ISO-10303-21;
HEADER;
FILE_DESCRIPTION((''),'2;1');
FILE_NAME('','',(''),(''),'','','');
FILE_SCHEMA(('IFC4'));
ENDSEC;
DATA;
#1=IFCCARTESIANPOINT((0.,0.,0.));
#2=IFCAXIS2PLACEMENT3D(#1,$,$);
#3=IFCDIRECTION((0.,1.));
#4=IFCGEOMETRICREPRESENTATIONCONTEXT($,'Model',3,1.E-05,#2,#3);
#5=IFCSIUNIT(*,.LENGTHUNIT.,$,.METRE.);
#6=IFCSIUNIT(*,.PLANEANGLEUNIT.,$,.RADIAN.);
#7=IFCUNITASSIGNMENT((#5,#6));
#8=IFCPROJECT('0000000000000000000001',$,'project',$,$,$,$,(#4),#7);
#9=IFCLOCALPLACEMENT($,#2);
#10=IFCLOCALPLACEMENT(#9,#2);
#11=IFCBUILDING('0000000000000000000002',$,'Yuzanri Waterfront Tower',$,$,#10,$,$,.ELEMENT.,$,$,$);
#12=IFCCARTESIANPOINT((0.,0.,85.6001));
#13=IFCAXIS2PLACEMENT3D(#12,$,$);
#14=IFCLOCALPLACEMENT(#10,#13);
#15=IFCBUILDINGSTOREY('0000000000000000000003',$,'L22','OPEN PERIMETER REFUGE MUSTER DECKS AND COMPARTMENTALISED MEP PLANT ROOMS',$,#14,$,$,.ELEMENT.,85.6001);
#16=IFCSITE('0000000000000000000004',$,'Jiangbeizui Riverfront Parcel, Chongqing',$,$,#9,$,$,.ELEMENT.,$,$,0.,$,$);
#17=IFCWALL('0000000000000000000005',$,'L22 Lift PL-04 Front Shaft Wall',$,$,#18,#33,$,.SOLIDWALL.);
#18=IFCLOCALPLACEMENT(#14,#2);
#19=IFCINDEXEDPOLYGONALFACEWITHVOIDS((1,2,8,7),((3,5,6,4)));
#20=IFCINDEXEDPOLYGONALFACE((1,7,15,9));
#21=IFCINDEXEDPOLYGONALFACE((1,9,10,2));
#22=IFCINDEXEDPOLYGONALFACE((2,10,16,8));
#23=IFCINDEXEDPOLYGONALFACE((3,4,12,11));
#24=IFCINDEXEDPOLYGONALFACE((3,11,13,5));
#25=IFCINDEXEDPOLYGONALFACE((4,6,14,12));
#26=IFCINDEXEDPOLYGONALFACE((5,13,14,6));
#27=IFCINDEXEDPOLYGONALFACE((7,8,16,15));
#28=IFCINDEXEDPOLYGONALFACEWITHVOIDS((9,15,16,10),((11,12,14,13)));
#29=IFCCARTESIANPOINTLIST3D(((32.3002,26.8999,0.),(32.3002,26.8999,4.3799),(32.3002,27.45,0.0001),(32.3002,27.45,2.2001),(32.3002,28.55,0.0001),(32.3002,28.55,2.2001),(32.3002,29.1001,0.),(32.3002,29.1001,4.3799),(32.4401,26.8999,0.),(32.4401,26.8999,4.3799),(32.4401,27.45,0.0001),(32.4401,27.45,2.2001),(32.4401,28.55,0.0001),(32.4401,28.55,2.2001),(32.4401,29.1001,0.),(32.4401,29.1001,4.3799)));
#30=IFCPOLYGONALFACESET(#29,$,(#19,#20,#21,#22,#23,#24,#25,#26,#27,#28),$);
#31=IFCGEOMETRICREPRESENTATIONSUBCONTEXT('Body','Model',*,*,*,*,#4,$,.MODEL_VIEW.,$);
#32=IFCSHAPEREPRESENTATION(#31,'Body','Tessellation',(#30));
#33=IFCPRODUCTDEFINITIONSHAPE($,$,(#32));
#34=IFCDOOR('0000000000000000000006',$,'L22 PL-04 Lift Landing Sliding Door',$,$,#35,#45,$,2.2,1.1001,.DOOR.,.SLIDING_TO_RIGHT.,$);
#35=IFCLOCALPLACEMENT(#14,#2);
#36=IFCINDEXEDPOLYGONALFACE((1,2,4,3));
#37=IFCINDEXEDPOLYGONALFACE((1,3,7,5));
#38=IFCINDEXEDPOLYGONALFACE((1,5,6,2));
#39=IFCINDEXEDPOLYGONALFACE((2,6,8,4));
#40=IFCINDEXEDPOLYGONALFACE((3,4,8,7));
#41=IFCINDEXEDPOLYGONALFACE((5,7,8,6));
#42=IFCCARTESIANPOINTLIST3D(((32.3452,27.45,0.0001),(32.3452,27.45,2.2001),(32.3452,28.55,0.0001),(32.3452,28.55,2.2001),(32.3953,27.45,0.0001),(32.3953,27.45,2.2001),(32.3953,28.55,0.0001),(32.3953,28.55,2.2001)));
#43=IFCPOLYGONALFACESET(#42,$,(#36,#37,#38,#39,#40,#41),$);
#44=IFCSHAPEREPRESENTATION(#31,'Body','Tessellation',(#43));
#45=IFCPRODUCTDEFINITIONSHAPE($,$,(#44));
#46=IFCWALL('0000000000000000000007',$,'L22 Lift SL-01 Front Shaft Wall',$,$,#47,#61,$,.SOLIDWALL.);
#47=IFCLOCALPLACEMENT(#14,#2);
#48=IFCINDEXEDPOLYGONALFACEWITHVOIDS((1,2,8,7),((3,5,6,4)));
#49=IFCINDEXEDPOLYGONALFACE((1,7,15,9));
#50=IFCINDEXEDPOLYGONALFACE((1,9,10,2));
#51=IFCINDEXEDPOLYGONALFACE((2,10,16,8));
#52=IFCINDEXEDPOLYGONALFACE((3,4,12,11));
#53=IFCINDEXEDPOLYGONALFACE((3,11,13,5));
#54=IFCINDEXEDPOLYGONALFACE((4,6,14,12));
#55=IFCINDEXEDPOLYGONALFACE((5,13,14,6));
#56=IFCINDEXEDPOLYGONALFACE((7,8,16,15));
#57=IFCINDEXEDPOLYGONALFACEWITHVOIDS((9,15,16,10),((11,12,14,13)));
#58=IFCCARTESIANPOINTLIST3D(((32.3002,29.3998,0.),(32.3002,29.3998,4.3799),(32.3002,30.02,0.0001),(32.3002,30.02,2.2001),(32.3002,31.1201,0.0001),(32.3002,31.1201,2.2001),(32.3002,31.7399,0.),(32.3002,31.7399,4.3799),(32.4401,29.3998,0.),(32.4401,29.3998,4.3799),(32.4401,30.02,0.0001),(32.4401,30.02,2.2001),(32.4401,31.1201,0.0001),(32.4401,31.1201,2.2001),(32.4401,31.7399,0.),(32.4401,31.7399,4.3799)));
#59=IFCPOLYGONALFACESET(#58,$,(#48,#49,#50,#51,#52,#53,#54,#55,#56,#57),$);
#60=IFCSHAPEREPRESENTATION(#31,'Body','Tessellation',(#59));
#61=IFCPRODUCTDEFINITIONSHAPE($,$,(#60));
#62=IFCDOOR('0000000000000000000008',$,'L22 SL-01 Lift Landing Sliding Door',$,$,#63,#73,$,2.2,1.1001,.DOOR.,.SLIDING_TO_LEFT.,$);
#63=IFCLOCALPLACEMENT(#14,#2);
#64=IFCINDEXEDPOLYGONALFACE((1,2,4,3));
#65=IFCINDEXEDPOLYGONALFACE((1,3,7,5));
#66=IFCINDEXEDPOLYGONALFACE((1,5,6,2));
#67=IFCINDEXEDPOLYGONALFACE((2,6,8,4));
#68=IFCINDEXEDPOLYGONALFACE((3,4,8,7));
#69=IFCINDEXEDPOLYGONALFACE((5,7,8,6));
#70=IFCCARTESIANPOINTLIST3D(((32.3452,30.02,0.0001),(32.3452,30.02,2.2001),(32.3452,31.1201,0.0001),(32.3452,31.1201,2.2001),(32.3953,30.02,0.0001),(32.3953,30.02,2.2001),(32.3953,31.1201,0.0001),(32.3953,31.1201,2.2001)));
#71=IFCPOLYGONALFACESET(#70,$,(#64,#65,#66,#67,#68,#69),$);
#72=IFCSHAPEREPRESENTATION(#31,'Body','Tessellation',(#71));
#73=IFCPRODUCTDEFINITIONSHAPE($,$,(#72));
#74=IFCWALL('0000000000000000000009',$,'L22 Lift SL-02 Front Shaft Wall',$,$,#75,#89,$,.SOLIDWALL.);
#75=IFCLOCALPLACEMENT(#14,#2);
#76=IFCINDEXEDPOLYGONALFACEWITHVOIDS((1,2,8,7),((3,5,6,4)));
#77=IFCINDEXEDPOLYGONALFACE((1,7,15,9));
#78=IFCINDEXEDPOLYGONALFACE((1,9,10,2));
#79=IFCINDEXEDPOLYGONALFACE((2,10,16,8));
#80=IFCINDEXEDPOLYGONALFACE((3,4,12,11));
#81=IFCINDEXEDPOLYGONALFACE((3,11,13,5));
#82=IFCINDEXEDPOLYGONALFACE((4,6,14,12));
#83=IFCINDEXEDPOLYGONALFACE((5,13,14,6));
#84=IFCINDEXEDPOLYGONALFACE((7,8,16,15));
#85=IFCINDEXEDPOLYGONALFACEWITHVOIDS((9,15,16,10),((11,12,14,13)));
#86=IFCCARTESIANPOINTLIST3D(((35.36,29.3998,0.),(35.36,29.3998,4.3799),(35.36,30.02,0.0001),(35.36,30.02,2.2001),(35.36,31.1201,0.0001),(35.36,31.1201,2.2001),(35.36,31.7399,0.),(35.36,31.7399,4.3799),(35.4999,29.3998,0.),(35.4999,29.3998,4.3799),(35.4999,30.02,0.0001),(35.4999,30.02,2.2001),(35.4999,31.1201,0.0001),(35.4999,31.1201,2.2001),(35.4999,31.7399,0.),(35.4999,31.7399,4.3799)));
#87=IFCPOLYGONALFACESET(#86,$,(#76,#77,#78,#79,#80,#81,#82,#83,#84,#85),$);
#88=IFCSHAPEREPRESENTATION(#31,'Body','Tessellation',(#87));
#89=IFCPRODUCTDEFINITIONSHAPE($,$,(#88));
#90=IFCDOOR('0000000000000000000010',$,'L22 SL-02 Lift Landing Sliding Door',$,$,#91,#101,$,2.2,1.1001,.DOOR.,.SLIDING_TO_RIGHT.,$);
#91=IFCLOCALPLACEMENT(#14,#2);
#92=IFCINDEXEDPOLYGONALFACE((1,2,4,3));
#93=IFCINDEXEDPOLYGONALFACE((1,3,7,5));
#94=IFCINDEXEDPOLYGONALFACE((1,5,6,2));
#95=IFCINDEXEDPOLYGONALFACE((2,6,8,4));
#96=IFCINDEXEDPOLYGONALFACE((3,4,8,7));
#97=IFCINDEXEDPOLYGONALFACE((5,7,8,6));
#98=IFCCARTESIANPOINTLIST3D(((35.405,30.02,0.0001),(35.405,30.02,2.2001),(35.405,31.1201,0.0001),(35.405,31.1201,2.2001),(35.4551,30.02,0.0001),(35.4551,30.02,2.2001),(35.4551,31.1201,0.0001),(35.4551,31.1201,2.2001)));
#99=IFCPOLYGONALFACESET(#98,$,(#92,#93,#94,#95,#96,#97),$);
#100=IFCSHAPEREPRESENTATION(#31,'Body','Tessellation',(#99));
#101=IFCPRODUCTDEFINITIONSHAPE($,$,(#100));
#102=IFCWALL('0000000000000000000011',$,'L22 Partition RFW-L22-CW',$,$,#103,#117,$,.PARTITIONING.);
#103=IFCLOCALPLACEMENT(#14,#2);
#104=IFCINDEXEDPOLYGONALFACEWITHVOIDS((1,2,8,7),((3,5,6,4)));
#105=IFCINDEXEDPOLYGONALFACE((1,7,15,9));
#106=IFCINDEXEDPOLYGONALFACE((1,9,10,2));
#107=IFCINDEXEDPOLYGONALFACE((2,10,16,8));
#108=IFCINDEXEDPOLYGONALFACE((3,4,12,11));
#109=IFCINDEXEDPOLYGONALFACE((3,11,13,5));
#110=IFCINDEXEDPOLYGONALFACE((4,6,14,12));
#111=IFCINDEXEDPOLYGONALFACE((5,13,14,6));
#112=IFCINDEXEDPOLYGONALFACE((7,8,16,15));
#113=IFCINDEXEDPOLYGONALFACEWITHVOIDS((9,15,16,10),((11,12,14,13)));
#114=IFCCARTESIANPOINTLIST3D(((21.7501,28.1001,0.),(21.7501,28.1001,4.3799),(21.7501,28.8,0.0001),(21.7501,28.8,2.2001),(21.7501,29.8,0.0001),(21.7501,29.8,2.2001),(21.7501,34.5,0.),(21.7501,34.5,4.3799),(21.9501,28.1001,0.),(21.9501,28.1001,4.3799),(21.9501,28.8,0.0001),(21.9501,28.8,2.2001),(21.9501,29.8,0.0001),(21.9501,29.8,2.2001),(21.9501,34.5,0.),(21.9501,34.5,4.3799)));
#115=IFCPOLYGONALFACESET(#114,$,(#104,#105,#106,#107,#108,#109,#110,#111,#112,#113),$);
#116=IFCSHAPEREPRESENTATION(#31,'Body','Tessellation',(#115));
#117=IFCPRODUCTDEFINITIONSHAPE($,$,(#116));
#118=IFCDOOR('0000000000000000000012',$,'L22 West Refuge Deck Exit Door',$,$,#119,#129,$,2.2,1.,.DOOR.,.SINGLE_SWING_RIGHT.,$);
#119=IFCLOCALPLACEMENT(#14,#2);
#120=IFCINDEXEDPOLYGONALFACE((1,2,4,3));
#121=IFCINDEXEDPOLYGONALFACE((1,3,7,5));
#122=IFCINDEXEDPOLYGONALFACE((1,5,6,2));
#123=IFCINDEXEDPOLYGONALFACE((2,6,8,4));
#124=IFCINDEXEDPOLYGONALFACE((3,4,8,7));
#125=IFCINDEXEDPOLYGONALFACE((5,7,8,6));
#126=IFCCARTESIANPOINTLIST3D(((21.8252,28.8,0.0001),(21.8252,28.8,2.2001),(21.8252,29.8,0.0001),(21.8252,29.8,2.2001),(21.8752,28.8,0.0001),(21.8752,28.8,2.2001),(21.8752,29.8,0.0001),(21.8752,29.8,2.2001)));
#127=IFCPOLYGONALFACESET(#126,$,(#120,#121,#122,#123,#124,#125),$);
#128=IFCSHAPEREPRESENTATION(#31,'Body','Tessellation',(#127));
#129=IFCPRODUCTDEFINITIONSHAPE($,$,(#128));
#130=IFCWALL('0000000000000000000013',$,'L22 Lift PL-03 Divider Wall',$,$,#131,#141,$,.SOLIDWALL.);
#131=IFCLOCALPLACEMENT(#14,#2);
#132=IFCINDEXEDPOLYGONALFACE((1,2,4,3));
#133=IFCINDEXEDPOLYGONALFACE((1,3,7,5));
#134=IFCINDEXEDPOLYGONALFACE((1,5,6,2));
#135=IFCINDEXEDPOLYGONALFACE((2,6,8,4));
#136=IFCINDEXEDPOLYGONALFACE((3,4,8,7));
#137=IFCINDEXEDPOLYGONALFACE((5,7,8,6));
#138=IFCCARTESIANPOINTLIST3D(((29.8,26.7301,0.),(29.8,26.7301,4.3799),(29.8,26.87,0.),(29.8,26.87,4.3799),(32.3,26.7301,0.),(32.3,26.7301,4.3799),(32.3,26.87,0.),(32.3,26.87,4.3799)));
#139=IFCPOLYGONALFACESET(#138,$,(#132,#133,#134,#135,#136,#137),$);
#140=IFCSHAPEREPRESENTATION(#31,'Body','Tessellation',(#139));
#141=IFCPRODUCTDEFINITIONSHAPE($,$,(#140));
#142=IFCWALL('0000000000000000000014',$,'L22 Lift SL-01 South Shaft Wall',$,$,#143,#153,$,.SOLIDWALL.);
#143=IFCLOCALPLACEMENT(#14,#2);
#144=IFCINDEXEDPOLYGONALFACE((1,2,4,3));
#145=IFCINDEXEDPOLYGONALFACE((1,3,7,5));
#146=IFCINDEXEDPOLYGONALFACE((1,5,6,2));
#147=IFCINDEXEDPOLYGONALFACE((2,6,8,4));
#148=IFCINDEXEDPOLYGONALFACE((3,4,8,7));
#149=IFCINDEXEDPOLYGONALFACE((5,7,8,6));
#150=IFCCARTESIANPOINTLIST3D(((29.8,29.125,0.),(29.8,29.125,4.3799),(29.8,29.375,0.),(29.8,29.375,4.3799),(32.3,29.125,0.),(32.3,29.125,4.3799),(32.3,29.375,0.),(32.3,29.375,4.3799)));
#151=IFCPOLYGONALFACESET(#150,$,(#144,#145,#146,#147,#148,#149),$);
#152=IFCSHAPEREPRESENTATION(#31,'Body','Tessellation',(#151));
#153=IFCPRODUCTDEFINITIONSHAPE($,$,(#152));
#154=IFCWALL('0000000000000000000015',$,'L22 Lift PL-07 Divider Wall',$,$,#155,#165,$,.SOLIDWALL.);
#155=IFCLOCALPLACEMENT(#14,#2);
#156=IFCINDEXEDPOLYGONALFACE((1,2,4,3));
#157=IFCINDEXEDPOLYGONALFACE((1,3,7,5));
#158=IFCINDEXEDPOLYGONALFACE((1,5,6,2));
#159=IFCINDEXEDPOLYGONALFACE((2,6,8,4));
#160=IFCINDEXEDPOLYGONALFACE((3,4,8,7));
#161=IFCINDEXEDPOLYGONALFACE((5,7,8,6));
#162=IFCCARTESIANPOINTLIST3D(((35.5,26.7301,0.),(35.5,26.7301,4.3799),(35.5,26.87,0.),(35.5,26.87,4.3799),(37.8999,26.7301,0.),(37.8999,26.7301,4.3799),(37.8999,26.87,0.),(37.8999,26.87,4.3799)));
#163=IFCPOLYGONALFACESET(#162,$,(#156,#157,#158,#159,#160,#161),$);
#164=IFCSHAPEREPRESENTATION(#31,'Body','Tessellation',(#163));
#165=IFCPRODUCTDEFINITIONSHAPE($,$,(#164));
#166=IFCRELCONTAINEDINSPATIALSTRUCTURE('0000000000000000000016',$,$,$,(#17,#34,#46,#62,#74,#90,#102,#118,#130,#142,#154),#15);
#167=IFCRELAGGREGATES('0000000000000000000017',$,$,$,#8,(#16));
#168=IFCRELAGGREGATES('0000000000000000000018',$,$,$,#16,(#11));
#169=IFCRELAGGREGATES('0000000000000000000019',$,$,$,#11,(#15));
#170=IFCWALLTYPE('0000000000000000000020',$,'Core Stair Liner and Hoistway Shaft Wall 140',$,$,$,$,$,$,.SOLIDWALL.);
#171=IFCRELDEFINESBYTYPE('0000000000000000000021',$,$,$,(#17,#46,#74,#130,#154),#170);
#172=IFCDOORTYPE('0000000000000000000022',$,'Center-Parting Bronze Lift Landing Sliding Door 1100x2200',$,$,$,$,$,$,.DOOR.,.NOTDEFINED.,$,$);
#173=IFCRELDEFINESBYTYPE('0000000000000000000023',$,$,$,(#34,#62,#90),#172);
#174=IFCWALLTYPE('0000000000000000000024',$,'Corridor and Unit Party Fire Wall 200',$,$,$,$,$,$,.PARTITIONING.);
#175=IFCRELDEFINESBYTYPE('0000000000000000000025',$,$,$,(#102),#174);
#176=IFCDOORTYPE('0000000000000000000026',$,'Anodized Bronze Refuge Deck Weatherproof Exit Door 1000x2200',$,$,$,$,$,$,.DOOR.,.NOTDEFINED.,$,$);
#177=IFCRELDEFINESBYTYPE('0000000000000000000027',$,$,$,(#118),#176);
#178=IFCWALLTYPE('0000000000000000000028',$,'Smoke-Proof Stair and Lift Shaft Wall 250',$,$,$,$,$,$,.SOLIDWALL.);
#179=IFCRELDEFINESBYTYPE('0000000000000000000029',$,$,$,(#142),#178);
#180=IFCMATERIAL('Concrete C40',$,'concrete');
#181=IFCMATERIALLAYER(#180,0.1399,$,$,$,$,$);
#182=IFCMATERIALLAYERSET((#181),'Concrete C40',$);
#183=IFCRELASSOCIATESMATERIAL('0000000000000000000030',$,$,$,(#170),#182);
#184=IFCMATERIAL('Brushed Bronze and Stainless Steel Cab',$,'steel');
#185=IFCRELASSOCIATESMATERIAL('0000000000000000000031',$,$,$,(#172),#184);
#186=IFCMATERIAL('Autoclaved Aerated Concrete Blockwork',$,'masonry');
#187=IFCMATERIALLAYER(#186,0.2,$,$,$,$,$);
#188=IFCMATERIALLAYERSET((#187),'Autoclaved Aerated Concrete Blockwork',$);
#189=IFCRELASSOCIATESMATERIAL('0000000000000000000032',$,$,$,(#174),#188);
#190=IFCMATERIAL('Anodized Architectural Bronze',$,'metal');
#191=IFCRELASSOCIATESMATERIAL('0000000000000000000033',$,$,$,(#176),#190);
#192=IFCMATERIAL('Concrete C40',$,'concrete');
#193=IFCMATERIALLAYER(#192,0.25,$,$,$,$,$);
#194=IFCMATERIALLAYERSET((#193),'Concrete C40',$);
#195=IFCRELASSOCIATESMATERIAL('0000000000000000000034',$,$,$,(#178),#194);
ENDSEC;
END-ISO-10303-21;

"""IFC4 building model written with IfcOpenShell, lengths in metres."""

from ifc_helpers import new_model, si_unit, direction, frame, frame_2d, origin, place, context, subcontext, project, spatial, rectangle, extrude, source, transform, mapped, material, layer, layer_set, type_object, element, fill, save


model = new_model("IFC4")

# Units and contexts
model_context = context("Model", 3, precision=1e-05, world=origin(), true_north=direction((0.0, 1.0)))
body_context = subcontext(model_context, "Body", "Model", "MODEL_VIEW")
ifc_project = project(units=[si_unit("LENGTHUNIT", "METRE"), si_unit("PLANEANGLEUNIT", "RADIAN")], contexts=[model_context])

# Site, building, storey
site_placement = place(None, origin())
site = spatial("IfcSite", under=ifc_project, at=site_placement, Name="Jiangbeizui Riverfront Parcel, Chongqing", CompositionType="ELEMENT", RefElevation=0.0)
building_placement = place(site_placement, origin())
building = spatial("IfcBuilding", under=site, at=building_placement, Name="Yuzanri Waterfront Tower", CompositionType="ELEMENT")
storey_placement = place(building_placement, frame((0.0, 0.0, 85.6001)))
storey = spatial("IfcBuildingStorey", under=building, at=storey_placement, Name="L22", Description="OPEN PERIMETER REFUGE MUSTER DECKS AND COMPARTMENTALISED MEP PLANT ROOMS", CompositionType="ELEMENT", Elevation=85.6001)

# Walls, openings, doors
ifc_material_1 = material(Name="Concrete C40", Category="concrete")
ifc_layer_1 = layer(ifc_material_1, 0.1399)
ifc_layer_set_1 = layer_set([ifc_layer_1], Name="Concrete C40")
wall_type_1 = type_object("IfcWallType", Name="Core Stair Liner and Hoistway Shaft Wall 140", PredefinedType="SOLIDWALL", material=ifc_layer_set_1)
wall_1_placement = place(storey_placement, frame((32.3701, 26.8999, 0.0), z_axis=(0.0, 0.0, 1.0), x_axis=(0.0, 1.0, 0.0)))
wall_1 = element("IfcWall", 1, at=wall_1_placement, inside=storey, type_object=wall_type_1, Name="L22 Lift PL-04 Front Shaft Wall", PredefinedType="SOLIDWALL", context=body_context, shape_type="SweptSolid", body=[
    extrude(rectangle(XDim=2.2002, YDim=0.1399, at=frame_2d((1.1001, 0.0))), origin(), (0.0, 0.0, 1.0), 4.3799),
])
opening_1_placement = place(wall_1_placement, frame((0.55, 0.0, 0.0)))
opening_1 = element("IfcOpeningElement", 2, at=opening_1_placement, cuts=wall_1, PredefinedType="OPENING", context=body_context, shape_type="SweptSolid", body=[
    extrude(rectangle(XDim=1.1001, YDim=2.2, at=frame_2d((0.55, 1.1001))), frame((0.0, 0.085, 0.0), z_axis=(0.0, -1.0, 0.0), x_axis=(1.0, 0.0, 0.0)), (0.0, 0.0, 1.0), 0.1697),
])
ifc_material_2 = material(Name="Brushed Bronze and Stainless Steel Cab", Category="steel")
door_type_1 = type_object("IfcDoorType", Name="Center-Parting Bronze Lift Landing Sliding Door 1100x2200", OperationType="NOTDEFINED", PredefinedType="DOOR", material=ifc_material_2)
shared_shape_1 = source(origin(), body_context, "Body", "SweptSolid", [
    extrude(rectangle(XDim=1.1001, YDim=2.2, at=frame_2d((0.55, 1.1001))), frame((0.0, 0.0249, 0.0), z_axis=(0.0, -1.0, 0.0), x_axis=(1.0, 0.0, 0.0)), (0.0, 0.0, 1.0), 0.05),
])
door_1_placement = place(opening_1_placement, origin())
door_1 = element("IfcDoor", 3, at=door_1_placement, inside=storey, type_object=door_type_1, Name="L22 PL-04 Lift Landing Sliding Door", OperationType="SLIDING_TO_RIGHT", OverallHeight=2.2, OverallWidth=1.1001, PredefinedType="DOOR", context=body_context, shape_type="MappedRepresentation", body=[
    mapped(shared_shape_1, transform((0.0, 0.0, 0.0), scale=1.0)),
])
fill(opening_1, door_1)
wall_2_placement = place(storey_placement, frame((32.3701, 29.3999, 0.0), z_axis=(0.0, 0.0, 1.0), x_axis=(0.0, 1.0, 0.0)))
wall_2 = element("IfcWall", 4, at=wall_2_placement, inside=storey, type_object=wall_type_1, Name="L22 Lift SL-01 Front Shaft Wall", PredefinedType="SOLIDWALL", context=body_context, shape_type="SweptSolid", body=[
    extrude(rectangle(XDim=2.3401, YDim=0.1399, at=frame_2d((1.1699, 0.0))), origin(), (0.0, 0.0, 1.0), 4.3799),
])
opening_2_placement = place(wall_2_placement, frame((0.6201, 0.0, 0.0)))
opening_2 = element("IfcOpeningElement", 5, at=opening_2_placement, cuts=wall_2, PredefinedType="OPENING", context=body_context, shape_type="SweptSolid", body=[
    extrude(rectangle(XDim=1.1001, YDim=2.2, at=frame_2d((0.55, 1.1001))), frame((0.0, 0.085, 0.0), z_axis=(0.0, -1.0, 0.0), x_axis=(1.0, 0.0, 0.0)), (0.0, 0.0, 1.0), 0.1697),
])
door_2_placement = place(opening_2_placement, origin())
door_2 = element("IfcDoor", 6, at=door_2_placement, inside=storey, type_object=door_type_1, Name="L22 SL-01 Lift Landing Sliding Door", OperationType="SLIDING_TO_LEFT", OverallHeight=2.2, OverallWidth=1.1001, PredefinedType="DOOR", context=body_context, shape_type="MappedRepresentation", body=[
    mapped(shared_shape_1, transform((0.0, 0.0, 0.0), scale=1.0)),
])
fill(opening_2, door_2)
wall_3_placement = place(storey_placement, frame((35.4299, 29.3999, 0.0), z_axis=(0.0, 0.0, 1.0), x_axis=(0.0, 1.0, 0.0)))
wall_3 = element("IfcWall", 7, at=wall_3_placement, inside=storey, type_object=wall_type_1, Name="L22 Lift SL-02 Front Shaft Wall", PredefinedType="SOLIDWALL", context=body_context, shape_type="SweptSolid", body=[
    extrude(rectangle(XDim=2.3401, YDim=0.1399, at=frame_2d((1.1699, 0.0))), origin(), (0.0, 0.0, 1.0), 4.3799),
])
opening_3_placement = place(wall_3_placement, frame((0.6201, 0.0, 0.0)))
opening_3 = element("IfcOpeningElement", 8, at=opening_3_placement, cuts=wall_3, PredefinedType="OPENING", context=body_context, shape_type="SweptSolid", body=[
    extrude(rectangle(XDim=1.1001, YDim=2.2, at=frame_2d((0.55, 1.1001))), frame((0.0, 0.085, 0.0), z_axis=(0.0, -1.0, 0.0), x_axis=(1.0, 0.0, 0.0)), (0.0, 0.0, 1.0), 0.1697),
])
door_3_placement = place(opening_3_placement, origin())
door_3 = element("IfcDoor", 9, at=door_3_placement, inside=storey, type_object=door_type_1, Name="L22 SL-02 Lift Landing Sliding Door", OperationType="SLIDING_TO_RIGHT", OverallHeight=2.2, OverallWidth=1.1001, PredefinedType="DOOR", context=body_context, shape_type="MappedRepresentation", body=[
    mapped(shared_shape_1, transform((0.0, 0.0, 0.0), scale=1.0)),
])
fill(opening_3, door_3)
ifc_material_3 = material(Name="Autoclaved Aerated Concrete Blockwork", Category="masonry")
ifc_layer_2 = layer(ifc_material_3, 0.2)
ifc_layer_set_2 = layer_set([ifc_layer_2], Name="Autoclaved Aerated Concrete Blockwork")
wall_type_2 = type_object("IfcWallType", Name="Corridor and Unit Party Fire Wall 200", PredefinedType="PARTITIONING", material=ifc_layer_set_2)
wall_4_placement = place(storey_placement, frame((21.8501, 28.1001, 0.0), z_axis=(0.0, 0.0, 1.0), x_axis=(0.0, 1.0, 0.0)))
wall_4 = element("IfcWall", 10, at=wall_4_placement, inside=storey, type_object=wall_type_2, Name="L22 Partition RFW-L22-CW", PredefinedType="PARTITIONING", context=body_context, shape_type="SweptSolid", body=[
    extrude(rectangle(XDim=6.3999, YDim=0.2, at=frame_2d((3.2, 0.0))), origin(), (0.0, 0.0, 1.0), 4.3799),
])
opening_4_placement = place(wall_4_placement, frame((0.7, 0.0, 0.0)))
opening_4 = element("IfcOpeningElement", 11, at=opening_4_placement, cuts=wall_4, PredefinedType="OPENING", context=body_context, shape_type="SweptSolid", body=[
    extrude(rectangle(XDim=1.0, YDim=2.2, at=frame_2d((0.5, 1.1001))), frame((0.0, 0.1147, 0.0), z_axis=(0.0, -1.0, 0.0), x_axis=(1.0, 0.0, 0.0)), (0.0, 0.0, 1.0), 0.2297),
])
ifc_material_4 = material(Name="Anodized Architectural Bronze", Category="metal")
door_type_2 = type_object("IfcDoorType", Name="Anodized Bronze Refuge Deck Weatherproof Exit Door 1000x2200", OperationType="NOTDEFINED", PredefinedType="DOOR", material=ifc_material_4)
shared_shape_2 = source(origin(), body_context, "Body", "SweptSolid", [
    extrude(rectangle(XDim=1.0, YDim=2.2, at=frame_2d((0.5, 1.1001))), frame((0.0, 0.0249, 0.0), z_axis=(0.0, -1.0, 0.0), x_axis=(1.0, 0.0, 0.0)), (0.0, 0.0, 1.0), 0.05),
])
door_4_placement = place(opening_4_placement, origin())
door_4 = element("IfcDoor", 12, at=door_4_placement, inside=storey, type_object=door_type_2, Name="L22 West Refuge Deck Exit Door", OperationType="SINGLE_SWING_RIGHT", OverallHeight=2.2, OverallWidth=1.0, PredefinedType="DOOR", context=body_context, shape_type="MappedRepresentation", body=[
    mapped(shared_shape_2, transform((0.0, 0.0, 0.0), scale=1.0)),
])
fill(opening_4, door_4)

# Walls
shared_shape_3 = source(origin(), body_context, "Body", "SweptSolid", [
    extrude(rectangle(XDim=2.5, YDim=0.1399, at=frame_2d((1.25, 0.0))), origin(), (0.0, 0.0, 1.0), 4.3799),
])
wall_5_placement = place(storey_placement, frame((29.8, 26.8, 0.0), z_axis=(0.0, 0.0, 1.0), x_axis=(1.0, 0.0, 0.0)))
element("IfcWall", 13, at=wall_5_placement, inside=storey, type_object=wall_type_1, Name="L22 Lift PL-03 Divider Wall", PredefinedType="SOLIDWALL", context=body_context, shape_type="MappedRepresentation", body=[
    mapped(shared_shape_3, transform((0.0, 0.0, 0.0), scale=1.0)),
])
ifc_material_5 = material(Name="Concrete C40", Category="concrete")
ifc_layer_3 = layer(ifc_material_5, 0.25)
ifc_layer_set_3 = layer_set([ifc_layer_3], Name="Concrete C40")
wall_type_3 = type_object("IfcWallType", Name="Smoke-Proof Stair and Lift Shaft Wall 250", PredefinedType="SOLIDWALL", material=ifc_layer_set_3)
shared_shape_4 = source(origin(), body_context, "Body", "SweptSolid", [
    extrude(rectangle(XDim=2.5, YDim=0.25, at=frame_2d((1.25, 0.0))), origin(), (0.0, 0.0, 1.0), 4.3799),
])
wall_6_placement = place(storey_placement, frame((29.8, 29.25, 0.0), z_axis=(0.0, 0.0, 1.0), x_axis=(1.0, 0.0, 0.0)))
element("IfcWall", 14, at=wall_6_placement, inside=storey, type_object=wall_type_3, Name="L22 Lift SL-01 South Shaft Wall", PredefinedType="SOLIDWALL", context=body_context, shape_type="MappedRepresentation", body=[
    mapped(shared_shape_4, transform((0.0, 0.0, 0.0), scale=1.0)),
])
shared_shape_5 = source(origin(), body_context, "Body", "SweptSolid", [
    extrude(rectangle(XDim=2.3999, YDim=0.1399, at=frame_2d((1.2, 0.0))), origin(), (0.0, 0.0, 1.0), 4.3799),
])
wall_7_placement = place(storey_placement, frame((35.5, 26.8, 0.0), z_axis=(0.0, 0.0, 1.0), x_axis=(1.0, 0.0, 0.0)))
element("IfcWall", 15, at=wall_7_placement, inside=storey, type_object=wall_type_1, Name="L22 Lift PL-07 Divider Wall", PredefinedType="SOLIDWALL", context=body_context, shape_type="MappedRepresentation", body=[
    mapped(shared_shape_5, transform((0.0, 0.0, 0.0), scale=1.0)),
])

save(model, "model.ifc")
